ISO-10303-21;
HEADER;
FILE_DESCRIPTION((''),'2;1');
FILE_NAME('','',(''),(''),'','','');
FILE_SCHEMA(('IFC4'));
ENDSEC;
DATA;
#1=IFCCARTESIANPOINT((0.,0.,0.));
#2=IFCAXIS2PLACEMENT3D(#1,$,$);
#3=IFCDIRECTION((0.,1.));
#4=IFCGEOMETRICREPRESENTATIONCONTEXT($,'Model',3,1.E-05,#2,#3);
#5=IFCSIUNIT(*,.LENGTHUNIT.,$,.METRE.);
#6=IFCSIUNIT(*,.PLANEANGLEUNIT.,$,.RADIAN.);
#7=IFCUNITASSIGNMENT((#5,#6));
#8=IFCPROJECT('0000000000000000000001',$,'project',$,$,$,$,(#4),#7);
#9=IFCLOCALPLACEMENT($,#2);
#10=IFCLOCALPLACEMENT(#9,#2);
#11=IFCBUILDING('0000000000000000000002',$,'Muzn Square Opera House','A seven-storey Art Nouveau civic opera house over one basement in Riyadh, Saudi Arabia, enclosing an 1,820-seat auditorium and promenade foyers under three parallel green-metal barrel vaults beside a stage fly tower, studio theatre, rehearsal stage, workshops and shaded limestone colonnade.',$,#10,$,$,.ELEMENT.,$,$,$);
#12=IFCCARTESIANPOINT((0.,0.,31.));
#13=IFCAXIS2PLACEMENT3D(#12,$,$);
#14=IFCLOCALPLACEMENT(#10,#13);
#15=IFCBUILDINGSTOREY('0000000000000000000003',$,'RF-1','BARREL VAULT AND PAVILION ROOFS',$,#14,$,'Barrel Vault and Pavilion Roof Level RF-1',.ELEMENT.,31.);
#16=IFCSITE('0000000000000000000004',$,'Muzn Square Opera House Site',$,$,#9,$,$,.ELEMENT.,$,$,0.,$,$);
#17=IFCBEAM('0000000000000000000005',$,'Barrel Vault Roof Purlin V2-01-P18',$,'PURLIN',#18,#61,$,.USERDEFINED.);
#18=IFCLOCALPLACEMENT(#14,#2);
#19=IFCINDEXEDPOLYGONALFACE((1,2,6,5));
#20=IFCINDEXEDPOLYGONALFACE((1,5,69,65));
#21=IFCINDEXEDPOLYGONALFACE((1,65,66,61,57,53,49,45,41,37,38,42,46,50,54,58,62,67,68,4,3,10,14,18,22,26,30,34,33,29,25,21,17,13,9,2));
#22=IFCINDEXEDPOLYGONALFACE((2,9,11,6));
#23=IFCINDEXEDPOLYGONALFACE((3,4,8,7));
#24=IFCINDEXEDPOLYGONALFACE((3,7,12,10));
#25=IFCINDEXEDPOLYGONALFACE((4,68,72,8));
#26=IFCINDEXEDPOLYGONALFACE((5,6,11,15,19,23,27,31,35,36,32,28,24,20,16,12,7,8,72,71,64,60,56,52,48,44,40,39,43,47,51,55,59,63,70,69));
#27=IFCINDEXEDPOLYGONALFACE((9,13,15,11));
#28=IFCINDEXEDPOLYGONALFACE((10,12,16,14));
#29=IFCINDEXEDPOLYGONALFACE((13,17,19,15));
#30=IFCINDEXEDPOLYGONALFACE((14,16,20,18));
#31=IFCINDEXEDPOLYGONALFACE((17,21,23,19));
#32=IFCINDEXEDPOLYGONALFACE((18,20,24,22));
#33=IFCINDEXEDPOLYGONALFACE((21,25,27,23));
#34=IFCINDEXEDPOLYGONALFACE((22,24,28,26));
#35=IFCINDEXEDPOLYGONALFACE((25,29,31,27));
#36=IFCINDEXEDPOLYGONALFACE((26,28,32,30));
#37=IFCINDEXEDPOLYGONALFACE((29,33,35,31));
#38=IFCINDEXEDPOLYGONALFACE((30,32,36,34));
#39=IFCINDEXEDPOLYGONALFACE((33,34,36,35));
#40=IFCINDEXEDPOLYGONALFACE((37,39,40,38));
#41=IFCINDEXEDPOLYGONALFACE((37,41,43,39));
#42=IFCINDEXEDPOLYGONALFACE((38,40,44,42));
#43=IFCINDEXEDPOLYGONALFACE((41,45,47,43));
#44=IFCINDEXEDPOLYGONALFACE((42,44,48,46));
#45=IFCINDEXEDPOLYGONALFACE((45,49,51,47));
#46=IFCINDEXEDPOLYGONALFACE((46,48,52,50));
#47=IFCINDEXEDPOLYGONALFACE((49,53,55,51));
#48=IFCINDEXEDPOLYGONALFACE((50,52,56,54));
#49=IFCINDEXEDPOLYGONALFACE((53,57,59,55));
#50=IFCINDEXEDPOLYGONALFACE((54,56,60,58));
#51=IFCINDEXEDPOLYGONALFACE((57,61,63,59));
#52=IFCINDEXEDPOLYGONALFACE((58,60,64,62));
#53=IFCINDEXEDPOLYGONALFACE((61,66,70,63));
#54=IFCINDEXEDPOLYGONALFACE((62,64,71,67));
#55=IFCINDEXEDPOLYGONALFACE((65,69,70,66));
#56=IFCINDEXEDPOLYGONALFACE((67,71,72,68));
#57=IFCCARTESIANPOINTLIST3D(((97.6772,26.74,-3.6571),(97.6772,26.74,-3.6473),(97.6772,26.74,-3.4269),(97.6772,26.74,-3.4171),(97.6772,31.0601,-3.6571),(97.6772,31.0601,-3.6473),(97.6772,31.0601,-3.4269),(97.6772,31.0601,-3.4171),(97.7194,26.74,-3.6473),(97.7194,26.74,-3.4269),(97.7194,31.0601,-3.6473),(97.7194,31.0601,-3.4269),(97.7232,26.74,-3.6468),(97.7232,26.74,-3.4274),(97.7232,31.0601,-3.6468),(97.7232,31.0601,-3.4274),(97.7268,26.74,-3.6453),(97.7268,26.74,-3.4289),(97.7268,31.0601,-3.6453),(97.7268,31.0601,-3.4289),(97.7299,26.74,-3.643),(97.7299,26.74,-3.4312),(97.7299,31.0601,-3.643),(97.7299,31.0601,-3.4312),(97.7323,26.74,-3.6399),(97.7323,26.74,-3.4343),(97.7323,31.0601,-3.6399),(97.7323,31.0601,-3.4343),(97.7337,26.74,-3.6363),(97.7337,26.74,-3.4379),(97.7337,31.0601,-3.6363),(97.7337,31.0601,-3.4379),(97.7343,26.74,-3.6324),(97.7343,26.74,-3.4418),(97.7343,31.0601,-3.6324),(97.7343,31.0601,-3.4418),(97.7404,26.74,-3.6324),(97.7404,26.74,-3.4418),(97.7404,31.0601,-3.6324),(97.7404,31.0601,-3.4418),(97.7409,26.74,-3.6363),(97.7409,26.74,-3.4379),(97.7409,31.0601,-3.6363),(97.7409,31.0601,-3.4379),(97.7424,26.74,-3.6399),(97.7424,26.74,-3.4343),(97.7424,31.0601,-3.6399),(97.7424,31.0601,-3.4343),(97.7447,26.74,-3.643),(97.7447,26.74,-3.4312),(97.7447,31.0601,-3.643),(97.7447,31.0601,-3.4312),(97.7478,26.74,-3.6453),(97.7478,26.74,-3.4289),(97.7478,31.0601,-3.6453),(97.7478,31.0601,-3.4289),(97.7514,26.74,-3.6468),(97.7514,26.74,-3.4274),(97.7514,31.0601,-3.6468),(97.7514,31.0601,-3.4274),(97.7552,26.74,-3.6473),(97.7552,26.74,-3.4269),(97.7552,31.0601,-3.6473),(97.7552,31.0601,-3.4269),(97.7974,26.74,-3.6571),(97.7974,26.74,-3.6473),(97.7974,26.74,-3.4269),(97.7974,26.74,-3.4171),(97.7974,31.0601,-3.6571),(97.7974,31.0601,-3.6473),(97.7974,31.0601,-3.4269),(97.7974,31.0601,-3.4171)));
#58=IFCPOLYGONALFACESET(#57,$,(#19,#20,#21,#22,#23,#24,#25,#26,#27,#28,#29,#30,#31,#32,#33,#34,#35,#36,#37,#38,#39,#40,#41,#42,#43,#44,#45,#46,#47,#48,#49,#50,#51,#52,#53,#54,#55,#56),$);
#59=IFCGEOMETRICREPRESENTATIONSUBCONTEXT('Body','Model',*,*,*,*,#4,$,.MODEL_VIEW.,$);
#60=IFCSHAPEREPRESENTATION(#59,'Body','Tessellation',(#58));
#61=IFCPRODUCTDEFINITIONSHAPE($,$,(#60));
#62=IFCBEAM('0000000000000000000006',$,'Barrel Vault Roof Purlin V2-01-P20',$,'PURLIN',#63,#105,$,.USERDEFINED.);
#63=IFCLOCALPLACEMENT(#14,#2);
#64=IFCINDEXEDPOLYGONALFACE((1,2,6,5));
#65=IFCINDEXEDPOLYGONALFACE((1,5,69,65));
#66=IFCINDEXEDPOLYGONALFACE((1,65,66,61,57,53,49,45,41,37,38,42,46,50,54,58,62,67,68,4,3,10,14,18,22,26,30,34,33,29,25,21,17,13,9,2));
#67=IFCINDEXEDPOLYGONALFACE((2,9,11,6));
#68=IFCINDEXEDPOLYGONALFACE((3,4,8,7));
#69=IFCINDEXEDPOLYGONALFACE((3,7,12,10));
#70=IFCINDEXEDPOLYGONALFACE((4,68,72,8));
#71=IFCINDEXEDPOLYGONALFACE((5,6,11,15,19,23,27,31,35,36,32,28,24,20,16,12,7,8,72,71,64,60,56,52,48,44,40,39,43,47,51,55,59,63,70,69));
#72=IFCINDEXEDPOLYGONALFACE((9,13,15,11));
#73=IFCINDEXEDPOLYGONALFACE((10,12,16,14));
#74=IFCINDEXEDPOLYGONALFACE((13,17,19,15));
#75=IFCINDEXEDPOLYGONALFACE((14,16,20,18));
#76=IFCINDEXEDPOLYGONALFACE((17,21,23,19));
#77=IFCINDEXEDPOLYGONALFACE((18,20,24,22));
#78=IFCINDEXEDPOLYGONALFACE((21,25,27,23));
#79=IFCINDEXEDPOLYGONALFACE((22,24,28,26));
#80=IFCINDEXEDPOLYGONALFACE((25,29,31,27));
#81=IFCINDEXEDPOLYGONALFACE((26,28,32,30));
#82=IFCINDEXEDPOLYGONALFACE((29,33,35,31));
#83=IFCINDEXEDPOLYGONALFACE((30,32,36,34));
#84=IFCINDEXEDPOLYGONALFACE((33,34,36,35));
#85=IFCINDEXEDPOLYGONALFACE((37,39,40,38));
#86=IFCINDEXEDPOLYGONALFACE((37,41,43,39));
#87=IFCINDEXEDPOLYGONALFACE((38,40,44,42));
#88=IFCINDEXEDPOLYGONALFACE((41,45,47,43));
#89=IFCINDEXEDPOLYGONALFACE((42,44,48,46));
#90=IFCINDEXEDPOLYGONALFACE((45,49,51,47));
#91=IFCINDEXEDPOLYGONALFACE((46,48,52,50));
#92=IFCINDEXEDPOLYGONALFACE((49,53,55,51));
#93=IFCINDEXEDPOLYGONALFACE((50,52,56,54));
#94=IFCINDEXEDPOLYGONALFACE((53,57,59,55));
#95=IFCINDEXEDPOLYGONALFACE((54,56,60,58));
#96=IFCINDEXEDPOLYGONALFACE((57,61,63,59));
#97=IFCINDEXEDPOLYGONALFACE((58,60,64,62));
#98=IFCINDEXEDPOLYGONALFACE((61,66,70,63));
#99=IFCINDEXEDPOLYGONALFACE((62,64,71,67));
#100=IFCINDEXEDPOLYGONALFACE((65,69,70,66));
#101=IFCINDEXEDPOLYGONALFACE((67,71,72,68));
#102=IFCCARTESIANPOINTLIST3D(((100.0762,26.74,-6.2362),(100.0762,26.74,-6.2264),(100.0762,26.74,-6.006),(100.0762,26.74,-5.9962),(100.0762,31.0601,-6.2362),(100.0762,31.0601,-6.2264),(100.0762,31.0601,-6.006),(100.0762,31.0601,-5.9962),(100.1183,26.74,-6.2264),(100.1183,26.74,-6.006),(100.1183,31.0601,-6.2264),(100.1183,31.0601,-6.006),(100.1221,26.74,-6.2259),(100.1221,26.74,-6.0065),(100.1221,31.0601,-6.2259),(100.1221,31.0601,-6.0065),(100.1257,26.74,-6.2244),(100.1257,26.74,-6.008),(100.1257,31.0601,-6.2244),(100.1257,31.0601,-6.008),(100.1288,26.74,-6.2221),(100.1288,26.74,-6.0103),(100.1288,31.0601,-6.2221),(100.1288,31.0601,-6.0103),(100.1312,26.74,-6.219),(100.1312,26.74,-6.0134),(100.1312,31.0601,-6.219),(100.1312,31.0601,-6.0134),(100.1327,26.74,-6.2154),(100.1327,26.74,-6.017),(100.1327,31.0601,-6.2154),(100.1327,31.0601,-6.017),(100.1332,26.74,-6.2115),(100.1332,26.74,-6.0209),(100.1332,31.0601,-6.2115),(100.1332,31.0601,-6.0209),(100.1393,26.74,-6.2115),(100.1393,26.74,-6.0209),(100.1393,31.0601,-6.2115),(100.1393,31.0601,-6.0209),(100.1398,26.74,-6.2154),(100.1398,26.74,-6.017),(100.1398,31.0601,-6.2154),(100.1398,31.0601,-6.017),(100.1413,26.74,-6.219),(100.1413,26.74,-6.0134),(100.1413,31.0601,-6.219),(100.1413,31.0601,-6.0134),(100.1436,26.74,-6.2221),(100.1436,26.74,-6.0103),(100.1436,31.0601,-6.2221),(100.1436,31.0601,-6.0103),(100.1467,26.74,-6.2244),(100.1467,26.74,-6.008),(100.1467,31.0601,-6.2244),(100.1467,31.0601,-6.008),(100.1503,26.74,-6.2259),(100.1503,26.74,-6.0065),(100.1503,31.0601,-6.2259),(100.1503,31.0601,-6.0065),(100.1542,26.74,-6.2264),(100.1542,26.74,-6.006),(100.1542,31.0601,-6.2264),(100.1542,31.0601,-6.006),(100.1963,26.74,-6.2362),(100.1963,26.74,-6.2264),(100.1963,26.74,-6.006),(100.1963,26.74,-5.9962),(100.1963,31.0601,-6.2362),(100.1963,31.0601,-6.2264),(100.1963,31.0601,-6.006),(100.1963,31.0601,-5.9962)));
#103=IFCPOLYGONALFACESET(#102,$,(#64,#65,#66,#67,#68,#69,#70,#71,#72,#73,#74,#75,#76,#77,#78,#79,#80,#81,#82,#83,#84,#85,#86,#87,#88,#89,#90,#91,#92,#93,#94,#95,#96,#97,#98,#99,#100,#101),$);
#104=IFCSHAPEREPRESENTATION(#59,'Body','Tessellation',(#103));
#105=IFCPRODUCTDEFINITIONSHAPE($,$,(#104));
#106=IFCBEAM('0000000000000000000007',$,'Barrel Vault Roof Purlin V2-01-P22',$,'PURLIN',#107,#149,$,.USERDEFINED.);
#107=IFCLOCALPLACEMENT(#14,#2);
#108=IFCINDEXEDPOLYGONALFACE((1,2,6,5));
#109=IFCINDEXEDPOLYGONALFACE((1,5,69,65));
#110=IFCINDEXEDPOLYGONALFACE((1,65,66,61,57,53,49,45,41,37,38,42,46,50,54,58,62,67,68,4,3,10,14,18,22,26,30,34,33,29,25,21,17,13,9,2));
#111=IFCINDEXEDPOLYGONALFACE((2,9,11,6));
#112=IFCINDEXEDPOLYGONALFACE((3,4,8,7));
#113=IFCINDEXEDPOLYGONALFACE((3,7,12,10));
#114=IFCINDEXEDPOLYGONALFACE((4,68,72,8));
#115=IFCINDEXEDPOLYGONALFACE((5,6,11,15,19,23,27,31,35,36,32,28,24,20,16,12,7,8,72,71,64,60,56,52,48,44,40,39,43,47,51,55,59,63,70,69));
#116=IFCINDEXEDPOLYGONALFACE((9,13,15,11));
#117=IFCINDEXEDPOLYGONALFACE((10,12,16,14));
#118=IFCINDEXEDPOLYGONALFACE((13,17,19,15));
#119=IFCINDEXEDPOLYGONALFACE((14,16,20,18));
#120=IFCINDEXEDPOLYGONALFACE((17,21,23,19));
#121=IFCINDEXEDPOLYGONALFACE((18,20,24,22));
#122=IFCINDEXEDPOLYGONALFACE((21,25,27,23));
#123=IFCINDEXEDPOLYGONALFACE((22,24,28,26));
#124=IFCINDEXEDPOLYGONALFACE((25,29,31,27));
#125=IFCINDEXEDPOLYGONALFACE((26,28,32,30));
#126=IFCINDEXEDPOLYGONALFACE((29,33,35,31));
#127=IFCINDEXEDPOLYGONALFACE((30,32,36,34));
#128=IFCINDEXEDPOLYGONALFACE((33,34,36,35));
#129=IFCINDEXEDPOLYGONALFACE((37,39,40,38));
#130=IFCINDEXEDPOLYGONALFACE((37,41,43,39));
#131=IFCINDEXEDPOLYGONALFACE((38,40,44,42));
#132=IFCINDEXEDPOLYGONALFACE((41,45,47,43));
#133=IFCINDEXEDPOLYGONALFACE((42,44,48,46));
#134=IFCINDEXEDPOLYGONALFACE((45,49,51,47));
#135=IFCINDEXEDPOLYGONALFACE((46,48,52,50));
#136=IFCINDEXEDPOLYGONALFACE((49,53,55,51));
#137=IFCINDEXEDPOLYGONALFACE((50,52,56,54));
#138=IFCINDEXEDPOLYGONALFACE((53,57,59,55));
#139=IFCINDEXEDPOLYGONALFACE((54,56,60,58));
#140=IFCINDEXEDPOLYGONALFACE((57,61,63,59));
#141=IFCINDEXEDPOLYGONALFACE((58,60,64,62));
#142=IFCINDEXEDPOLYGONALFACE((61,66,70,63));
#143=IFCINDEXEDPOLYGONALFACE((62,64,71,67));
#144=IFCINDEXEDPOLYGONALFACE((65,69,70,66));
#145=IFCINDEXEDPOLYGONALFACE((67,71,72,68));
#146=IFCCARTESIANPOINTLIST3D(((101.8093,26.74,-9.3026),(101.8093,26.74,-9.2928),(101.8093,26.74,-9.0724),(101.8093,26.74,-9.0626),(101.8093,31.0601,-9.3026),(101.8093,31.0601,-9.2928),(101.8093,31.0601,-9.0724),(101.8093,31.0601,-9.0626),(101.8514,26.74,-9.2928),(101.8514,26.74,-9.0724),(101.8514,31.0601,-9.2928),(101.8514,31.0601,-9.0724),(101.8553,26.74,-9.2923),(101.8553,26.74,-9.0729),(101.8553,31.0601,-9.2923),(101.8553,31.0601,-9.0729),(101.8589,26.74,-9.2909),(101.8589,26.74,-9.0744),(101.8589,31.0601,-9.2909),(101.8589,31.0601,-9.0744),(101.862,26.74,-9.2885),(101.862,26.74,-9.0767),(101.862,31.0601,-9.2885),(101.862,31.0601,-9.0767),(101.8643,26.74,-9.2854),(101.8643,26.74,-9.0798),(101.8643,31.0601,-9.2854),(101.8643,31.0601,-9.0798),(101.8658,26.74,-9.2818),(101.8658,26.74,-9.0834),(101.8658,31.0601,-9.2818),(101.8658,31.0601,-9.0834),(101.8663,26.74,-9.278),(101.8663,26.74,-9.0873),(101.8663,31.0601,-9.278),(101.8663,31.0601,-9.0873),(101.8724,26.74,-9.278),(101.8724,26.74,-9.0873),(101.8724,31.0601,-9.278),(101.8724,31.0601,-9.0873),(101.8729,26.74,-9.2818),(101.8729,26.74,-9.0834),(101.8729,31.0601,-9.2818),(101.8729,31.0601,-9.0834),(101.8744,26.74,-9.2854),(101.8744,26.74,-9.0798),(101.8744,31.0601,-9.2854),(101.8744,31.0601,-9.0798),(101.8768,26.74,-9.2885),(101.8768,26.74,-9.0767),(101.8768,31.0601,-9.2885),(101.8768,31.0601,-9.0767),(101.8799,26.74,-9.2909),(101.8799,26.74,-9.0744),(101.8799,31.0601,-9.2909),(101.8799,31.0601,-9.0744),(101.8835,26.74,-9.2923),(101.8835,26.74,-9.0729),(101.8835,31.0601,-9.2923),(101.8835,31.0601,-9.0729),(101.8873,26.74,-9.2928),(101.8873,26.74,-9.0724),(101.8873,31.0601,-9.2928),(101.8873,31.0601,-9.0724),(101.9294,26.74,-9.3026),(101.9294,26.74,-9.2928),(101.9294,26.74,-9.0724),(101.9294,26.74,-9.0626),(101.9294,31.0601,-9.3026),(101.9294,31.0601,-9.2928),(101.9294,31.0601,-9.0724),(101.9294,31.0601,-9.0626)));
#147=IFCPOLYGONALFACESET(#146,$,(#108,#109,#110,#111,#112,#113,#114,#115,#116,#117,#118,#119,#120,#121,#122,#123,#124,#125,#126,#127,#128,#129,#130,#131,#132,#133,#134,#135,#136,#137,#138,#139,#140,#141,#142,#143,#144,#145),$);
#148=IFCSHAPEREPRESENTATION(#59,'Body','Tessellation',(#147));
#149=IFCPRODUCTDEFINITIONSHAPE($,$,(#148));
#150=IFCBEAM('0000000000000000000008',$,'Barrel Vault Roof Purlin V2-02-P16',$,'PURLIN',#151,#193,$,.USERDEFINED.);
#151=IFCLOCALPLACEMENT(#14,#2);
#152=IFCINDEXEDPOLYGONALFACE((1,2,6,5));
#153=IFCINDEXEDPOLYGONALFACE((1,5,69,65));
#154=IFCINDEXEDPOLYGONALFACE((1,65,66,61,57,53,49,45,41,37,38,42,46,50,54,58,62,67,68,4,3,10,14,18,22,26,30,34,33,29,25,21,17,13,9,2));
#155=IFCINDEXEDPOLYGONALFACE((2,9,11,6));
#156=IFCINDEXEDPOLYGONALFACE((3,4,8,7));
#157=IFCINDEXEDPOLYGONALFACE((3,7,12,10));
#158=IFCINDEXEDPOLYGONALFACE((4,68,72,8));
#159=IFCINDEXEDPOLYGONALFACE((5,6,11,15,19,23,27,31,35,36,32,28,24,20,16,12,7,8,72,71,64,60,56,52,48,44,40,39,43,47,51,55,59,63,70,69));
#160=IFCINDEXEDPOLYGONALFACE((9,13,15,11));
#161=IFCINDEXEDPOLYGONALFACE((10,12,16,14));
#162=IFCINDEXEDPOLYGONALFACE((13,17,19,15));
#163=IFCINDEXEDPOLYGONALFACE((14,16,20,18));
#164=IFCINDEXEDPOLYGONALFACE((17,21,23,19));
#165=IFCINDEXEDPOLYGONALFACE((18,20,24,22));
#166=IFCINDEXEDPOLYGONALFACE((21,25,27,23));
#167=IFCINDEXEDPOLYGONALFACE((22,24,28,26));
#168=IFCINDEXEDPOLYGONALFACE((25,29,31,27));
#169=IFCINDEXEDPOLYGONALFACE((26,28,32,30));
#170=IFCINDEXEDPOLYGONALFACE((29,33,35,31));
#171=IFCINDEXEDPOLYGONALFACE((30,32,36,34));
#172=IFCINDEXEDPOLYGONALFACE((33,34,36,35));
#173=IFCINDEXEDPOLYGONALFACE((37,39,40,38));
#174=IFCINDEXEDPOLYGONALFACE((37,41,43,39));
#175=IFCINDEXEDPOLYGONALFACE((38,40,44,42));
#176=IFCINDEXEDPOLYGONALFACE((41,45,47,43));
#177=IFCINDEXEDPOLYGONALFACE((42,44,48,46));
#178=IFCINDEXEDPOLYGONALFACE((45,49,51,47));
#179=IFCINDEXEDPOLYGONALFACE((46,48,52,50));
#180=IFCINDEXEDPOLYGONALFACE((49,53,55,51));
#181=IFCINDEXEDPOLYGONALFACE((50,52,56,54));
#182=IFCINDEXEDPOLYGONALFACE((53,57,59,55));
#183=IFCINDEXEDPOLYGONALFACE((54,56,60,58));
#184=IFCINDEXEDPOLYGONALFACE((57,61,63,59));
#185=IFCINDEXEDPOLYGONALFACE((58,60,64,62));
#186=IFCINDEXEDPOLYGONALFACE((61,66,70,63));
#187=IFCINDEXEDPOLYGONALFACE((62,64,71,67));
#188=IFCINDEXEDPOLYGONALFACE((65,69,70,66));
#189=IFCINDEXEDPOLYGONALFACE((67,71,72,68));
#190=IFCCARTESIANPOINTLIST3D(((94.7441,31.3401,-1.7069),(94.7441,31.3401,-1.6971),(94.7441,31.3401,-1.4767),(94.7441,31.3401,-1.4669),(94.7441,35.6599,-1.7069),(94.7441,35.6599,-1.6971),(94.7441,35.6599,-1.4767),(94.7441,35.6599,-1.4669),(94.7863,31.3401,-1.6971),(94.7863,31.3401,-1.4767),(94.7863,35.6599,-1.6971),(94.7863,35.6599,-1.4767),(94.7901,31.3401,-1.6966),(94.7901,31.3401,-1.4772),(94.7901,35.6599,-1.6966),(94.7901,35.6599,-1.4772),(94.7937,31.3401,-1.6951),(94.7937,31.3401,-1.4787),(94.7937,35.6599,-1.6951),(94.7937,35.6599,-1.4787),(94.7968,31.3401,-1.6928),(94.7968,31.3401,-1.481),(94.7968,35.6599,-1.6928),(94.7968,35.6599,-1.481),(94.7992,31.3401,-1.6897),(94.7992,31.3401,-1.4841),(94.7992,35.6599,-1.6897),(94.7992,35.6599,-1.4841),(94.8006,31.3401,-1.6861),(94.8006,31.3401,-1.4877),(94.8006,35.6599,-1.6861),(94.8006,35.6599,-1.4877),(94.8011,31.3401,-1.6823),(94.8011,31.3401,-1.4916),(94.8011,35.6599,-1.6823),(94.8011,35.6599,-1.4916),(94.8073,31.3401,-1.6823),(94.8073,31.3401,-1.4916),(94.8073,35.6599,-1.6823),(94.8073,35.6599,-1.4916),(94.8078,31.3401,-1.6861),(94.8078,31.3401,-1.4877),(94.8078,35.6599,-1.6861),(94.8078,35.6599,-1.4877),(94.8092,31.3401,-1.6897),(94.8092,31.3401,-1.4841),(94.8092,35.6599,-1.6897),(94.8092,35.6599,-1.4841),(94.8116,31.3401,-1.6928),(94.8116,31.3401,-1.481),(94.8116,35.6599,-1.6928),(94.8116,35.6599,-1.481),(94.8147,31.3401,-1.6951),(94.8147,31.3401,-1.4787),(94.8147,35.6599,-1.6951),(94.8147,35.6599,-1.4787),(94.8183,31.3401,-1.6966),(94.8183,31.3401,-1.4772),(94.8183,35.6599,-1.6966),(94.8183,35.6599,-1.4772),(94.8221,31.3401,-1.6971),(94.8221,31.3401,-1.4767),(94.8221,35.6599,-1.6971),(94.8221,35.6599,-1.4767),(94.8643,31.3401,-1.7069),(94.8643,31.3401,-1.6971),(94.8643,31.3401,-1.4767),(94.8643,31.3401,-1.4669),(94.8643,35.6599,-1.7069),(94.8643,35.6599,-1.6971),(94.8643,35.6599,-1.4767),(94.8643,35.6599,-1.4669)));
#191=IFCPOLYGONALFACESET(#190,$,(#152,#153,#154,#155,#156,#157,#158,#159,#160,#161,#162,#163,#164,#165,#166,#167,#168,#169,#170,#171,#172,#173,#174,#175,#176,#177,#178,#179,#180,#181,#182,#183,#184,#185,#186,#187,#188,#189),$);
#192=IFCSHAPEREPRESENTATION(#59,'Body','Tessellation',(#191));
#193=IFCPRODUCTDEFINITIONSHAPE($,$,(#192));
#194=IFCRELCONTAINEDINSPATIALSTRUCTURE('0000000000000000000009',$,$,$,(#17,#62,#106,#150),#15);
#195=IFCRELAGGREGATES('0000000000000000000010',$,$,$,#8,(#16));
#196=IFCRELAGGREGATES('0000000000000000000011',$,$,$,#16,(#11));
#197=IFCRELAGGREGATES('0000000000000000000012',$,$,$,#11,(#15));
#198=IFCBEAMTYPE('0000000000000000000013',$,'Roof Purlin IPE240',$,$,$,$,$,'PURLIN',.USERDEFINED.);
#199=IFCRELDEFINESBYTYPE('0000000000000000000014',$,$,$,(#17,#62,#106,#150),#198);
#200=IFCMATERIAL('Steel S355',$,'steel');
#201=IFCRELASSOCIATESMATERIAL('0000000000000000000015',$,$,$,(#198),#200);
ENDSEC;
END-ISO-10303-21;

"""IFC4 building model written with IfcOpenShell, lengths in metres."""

from ifc_helpers import new_model, si_unit, direction, frame, origin, origin_2d, place, context, subcontext, project, spatial, i_section, extrude, material, material_profile, profile_set, type_object, element, save


model = new_model("IFC4")

# Units and contexts
model_context = context("Model", 3, precision=1e-05, world=origin(), true_north=direction((0.0, 1.0)))
body_context = subcontext(model_context, "Body", "Model", "MODEL_VIEW")
ifc_project = project(units=[si_unit("LENGTHUNIT", "METRE"), si_unit("PLANEANGLEUNIT", "RADIAN")], contexts=[model_context])

# Site, building, storey
site_placement = place(None, origin())
site = spatial("IfcSite", under=ifc_project, at=site_placement, Name="Muzn Square Opera House Site", CompositionType="ELEMENT", RefElevation=0.0)
building_placement = place(site_placement, origin())
building = spatial("IfcBuilding", under=site, at=building_placement, Name="Muzn Square Opera House", Description="A seven-storey Art Nouveau civic opera house over one basement in Riyadh, Saudi Arabia, enclosing an 1,820-seat auditorium and promenade foyers under three parallel green-metal barrel vaults beside a stage fly tower, studio theatre, rehearsal stage, workshops and shaded limestone colonnade.", CompositionType="ELEMENT")
storey_placement = place(building_placement, frame((0.0, 0.0, 31.0)))
storey = spatial("IfcBuildingStorey", under=building, at=storey_placement, Name="RF-1", Description="BARREL VAULT AND PAVILION ROOFS", LongName="Barrel Vault and Pavilion Roof Level RF-1", CompositionType="ELEMENT", Elevation=31.0)

# Beams
ifc_material_1 = material(Name="Steel S355", Category="steel")
ifc_material_profile_1 = material_profile(ifc_material_1, i_section(OverallWidth=0.1201, OverallDepth=0.24, WebThickness=0.0061, FlangeThickness=0.0098, FilletRadius=0.0149, at=origin_2d()), Name="IPE 240", Category="steel")
ifc_profile_set_1 = profile_set([ifc_material_profile_1], Name="Steel S355")
beam_type_1 = type_object("IfcBeamType", Name="Roof Purlin IPE240", ElementType="PURLIN", PredefinedType="USERDEFINED", material=ifc_profile_set_1)
for number, where, z_axis, x_axis, name in (
    (1, (97.7373, 26.74, -3.5371), (0.0, 1.0, 0.0), (-1.0, 0.0, 0.0), "Barrel Vault Roof Purlin V2-01-P18"),
    (2, (100.1362, 26.74, -6.1162), (0.0, 1.0, 0.0), (-1.0, 0.0, 0.0), "Barrel Vault Roof Purlin V2-01-P20"),
    (3, (101.8694, 26.74, -9.1826), (0.0, 1.0, 0.0), (-1.0, 0.0, 0.0), "Barrel Vault Roof Purlin V2-01-P22"),
):
    element("IfcBeam", number, at=place(storey_placement, frame(where, z_axis=z_axis, x_axis=x_axis)), inside=storey, type_object=beam_type_1, Name=name, ObjectType="PURLIN", PredefinedType="USERDEFINED", context=body_context, shape_type="SweptSolid", body=[
        extrude(i_section(OverallWidth=0.1201, OverallDepth=0.24, WebThickness=0.0061, FlangeThickness=0.0098, FilletRadius=0.0149, at=origin_2d()), origin(), (0.0, 0.0, 1.0), 4.3201),
    ])
for number, where, z_axis, x_axis, name in (
    (4, (94.8042, 31.3401, -1.5869), (0.0, 1.0, 0.0), (-1.0, 0.0, 0.0), "Barrel Vault Roof Purlin V2-02-P16"),
):
    element("IfcBeam", number, at=place(storey_placement, frame(where, z_axis=z_axis, x_axis=x_axis)), inside=storey, type_object=beam_type_1, Name=name, ObjectType="PURLIN", PredefinedType="USERDEFINED", context=body_context, shape_type="SweptSolid", body=[
        extrude(i_section(OverallWidth=0.1201, OverallDepth=0.24, WebThickness=0.0061, FlangeThickness=0.0098, FilletRadius=0.0149, at=origin_2d()), origin(), (0.0, 0.0, 1.0), 4.3198),
    ])

save(model, "model.ifc")
